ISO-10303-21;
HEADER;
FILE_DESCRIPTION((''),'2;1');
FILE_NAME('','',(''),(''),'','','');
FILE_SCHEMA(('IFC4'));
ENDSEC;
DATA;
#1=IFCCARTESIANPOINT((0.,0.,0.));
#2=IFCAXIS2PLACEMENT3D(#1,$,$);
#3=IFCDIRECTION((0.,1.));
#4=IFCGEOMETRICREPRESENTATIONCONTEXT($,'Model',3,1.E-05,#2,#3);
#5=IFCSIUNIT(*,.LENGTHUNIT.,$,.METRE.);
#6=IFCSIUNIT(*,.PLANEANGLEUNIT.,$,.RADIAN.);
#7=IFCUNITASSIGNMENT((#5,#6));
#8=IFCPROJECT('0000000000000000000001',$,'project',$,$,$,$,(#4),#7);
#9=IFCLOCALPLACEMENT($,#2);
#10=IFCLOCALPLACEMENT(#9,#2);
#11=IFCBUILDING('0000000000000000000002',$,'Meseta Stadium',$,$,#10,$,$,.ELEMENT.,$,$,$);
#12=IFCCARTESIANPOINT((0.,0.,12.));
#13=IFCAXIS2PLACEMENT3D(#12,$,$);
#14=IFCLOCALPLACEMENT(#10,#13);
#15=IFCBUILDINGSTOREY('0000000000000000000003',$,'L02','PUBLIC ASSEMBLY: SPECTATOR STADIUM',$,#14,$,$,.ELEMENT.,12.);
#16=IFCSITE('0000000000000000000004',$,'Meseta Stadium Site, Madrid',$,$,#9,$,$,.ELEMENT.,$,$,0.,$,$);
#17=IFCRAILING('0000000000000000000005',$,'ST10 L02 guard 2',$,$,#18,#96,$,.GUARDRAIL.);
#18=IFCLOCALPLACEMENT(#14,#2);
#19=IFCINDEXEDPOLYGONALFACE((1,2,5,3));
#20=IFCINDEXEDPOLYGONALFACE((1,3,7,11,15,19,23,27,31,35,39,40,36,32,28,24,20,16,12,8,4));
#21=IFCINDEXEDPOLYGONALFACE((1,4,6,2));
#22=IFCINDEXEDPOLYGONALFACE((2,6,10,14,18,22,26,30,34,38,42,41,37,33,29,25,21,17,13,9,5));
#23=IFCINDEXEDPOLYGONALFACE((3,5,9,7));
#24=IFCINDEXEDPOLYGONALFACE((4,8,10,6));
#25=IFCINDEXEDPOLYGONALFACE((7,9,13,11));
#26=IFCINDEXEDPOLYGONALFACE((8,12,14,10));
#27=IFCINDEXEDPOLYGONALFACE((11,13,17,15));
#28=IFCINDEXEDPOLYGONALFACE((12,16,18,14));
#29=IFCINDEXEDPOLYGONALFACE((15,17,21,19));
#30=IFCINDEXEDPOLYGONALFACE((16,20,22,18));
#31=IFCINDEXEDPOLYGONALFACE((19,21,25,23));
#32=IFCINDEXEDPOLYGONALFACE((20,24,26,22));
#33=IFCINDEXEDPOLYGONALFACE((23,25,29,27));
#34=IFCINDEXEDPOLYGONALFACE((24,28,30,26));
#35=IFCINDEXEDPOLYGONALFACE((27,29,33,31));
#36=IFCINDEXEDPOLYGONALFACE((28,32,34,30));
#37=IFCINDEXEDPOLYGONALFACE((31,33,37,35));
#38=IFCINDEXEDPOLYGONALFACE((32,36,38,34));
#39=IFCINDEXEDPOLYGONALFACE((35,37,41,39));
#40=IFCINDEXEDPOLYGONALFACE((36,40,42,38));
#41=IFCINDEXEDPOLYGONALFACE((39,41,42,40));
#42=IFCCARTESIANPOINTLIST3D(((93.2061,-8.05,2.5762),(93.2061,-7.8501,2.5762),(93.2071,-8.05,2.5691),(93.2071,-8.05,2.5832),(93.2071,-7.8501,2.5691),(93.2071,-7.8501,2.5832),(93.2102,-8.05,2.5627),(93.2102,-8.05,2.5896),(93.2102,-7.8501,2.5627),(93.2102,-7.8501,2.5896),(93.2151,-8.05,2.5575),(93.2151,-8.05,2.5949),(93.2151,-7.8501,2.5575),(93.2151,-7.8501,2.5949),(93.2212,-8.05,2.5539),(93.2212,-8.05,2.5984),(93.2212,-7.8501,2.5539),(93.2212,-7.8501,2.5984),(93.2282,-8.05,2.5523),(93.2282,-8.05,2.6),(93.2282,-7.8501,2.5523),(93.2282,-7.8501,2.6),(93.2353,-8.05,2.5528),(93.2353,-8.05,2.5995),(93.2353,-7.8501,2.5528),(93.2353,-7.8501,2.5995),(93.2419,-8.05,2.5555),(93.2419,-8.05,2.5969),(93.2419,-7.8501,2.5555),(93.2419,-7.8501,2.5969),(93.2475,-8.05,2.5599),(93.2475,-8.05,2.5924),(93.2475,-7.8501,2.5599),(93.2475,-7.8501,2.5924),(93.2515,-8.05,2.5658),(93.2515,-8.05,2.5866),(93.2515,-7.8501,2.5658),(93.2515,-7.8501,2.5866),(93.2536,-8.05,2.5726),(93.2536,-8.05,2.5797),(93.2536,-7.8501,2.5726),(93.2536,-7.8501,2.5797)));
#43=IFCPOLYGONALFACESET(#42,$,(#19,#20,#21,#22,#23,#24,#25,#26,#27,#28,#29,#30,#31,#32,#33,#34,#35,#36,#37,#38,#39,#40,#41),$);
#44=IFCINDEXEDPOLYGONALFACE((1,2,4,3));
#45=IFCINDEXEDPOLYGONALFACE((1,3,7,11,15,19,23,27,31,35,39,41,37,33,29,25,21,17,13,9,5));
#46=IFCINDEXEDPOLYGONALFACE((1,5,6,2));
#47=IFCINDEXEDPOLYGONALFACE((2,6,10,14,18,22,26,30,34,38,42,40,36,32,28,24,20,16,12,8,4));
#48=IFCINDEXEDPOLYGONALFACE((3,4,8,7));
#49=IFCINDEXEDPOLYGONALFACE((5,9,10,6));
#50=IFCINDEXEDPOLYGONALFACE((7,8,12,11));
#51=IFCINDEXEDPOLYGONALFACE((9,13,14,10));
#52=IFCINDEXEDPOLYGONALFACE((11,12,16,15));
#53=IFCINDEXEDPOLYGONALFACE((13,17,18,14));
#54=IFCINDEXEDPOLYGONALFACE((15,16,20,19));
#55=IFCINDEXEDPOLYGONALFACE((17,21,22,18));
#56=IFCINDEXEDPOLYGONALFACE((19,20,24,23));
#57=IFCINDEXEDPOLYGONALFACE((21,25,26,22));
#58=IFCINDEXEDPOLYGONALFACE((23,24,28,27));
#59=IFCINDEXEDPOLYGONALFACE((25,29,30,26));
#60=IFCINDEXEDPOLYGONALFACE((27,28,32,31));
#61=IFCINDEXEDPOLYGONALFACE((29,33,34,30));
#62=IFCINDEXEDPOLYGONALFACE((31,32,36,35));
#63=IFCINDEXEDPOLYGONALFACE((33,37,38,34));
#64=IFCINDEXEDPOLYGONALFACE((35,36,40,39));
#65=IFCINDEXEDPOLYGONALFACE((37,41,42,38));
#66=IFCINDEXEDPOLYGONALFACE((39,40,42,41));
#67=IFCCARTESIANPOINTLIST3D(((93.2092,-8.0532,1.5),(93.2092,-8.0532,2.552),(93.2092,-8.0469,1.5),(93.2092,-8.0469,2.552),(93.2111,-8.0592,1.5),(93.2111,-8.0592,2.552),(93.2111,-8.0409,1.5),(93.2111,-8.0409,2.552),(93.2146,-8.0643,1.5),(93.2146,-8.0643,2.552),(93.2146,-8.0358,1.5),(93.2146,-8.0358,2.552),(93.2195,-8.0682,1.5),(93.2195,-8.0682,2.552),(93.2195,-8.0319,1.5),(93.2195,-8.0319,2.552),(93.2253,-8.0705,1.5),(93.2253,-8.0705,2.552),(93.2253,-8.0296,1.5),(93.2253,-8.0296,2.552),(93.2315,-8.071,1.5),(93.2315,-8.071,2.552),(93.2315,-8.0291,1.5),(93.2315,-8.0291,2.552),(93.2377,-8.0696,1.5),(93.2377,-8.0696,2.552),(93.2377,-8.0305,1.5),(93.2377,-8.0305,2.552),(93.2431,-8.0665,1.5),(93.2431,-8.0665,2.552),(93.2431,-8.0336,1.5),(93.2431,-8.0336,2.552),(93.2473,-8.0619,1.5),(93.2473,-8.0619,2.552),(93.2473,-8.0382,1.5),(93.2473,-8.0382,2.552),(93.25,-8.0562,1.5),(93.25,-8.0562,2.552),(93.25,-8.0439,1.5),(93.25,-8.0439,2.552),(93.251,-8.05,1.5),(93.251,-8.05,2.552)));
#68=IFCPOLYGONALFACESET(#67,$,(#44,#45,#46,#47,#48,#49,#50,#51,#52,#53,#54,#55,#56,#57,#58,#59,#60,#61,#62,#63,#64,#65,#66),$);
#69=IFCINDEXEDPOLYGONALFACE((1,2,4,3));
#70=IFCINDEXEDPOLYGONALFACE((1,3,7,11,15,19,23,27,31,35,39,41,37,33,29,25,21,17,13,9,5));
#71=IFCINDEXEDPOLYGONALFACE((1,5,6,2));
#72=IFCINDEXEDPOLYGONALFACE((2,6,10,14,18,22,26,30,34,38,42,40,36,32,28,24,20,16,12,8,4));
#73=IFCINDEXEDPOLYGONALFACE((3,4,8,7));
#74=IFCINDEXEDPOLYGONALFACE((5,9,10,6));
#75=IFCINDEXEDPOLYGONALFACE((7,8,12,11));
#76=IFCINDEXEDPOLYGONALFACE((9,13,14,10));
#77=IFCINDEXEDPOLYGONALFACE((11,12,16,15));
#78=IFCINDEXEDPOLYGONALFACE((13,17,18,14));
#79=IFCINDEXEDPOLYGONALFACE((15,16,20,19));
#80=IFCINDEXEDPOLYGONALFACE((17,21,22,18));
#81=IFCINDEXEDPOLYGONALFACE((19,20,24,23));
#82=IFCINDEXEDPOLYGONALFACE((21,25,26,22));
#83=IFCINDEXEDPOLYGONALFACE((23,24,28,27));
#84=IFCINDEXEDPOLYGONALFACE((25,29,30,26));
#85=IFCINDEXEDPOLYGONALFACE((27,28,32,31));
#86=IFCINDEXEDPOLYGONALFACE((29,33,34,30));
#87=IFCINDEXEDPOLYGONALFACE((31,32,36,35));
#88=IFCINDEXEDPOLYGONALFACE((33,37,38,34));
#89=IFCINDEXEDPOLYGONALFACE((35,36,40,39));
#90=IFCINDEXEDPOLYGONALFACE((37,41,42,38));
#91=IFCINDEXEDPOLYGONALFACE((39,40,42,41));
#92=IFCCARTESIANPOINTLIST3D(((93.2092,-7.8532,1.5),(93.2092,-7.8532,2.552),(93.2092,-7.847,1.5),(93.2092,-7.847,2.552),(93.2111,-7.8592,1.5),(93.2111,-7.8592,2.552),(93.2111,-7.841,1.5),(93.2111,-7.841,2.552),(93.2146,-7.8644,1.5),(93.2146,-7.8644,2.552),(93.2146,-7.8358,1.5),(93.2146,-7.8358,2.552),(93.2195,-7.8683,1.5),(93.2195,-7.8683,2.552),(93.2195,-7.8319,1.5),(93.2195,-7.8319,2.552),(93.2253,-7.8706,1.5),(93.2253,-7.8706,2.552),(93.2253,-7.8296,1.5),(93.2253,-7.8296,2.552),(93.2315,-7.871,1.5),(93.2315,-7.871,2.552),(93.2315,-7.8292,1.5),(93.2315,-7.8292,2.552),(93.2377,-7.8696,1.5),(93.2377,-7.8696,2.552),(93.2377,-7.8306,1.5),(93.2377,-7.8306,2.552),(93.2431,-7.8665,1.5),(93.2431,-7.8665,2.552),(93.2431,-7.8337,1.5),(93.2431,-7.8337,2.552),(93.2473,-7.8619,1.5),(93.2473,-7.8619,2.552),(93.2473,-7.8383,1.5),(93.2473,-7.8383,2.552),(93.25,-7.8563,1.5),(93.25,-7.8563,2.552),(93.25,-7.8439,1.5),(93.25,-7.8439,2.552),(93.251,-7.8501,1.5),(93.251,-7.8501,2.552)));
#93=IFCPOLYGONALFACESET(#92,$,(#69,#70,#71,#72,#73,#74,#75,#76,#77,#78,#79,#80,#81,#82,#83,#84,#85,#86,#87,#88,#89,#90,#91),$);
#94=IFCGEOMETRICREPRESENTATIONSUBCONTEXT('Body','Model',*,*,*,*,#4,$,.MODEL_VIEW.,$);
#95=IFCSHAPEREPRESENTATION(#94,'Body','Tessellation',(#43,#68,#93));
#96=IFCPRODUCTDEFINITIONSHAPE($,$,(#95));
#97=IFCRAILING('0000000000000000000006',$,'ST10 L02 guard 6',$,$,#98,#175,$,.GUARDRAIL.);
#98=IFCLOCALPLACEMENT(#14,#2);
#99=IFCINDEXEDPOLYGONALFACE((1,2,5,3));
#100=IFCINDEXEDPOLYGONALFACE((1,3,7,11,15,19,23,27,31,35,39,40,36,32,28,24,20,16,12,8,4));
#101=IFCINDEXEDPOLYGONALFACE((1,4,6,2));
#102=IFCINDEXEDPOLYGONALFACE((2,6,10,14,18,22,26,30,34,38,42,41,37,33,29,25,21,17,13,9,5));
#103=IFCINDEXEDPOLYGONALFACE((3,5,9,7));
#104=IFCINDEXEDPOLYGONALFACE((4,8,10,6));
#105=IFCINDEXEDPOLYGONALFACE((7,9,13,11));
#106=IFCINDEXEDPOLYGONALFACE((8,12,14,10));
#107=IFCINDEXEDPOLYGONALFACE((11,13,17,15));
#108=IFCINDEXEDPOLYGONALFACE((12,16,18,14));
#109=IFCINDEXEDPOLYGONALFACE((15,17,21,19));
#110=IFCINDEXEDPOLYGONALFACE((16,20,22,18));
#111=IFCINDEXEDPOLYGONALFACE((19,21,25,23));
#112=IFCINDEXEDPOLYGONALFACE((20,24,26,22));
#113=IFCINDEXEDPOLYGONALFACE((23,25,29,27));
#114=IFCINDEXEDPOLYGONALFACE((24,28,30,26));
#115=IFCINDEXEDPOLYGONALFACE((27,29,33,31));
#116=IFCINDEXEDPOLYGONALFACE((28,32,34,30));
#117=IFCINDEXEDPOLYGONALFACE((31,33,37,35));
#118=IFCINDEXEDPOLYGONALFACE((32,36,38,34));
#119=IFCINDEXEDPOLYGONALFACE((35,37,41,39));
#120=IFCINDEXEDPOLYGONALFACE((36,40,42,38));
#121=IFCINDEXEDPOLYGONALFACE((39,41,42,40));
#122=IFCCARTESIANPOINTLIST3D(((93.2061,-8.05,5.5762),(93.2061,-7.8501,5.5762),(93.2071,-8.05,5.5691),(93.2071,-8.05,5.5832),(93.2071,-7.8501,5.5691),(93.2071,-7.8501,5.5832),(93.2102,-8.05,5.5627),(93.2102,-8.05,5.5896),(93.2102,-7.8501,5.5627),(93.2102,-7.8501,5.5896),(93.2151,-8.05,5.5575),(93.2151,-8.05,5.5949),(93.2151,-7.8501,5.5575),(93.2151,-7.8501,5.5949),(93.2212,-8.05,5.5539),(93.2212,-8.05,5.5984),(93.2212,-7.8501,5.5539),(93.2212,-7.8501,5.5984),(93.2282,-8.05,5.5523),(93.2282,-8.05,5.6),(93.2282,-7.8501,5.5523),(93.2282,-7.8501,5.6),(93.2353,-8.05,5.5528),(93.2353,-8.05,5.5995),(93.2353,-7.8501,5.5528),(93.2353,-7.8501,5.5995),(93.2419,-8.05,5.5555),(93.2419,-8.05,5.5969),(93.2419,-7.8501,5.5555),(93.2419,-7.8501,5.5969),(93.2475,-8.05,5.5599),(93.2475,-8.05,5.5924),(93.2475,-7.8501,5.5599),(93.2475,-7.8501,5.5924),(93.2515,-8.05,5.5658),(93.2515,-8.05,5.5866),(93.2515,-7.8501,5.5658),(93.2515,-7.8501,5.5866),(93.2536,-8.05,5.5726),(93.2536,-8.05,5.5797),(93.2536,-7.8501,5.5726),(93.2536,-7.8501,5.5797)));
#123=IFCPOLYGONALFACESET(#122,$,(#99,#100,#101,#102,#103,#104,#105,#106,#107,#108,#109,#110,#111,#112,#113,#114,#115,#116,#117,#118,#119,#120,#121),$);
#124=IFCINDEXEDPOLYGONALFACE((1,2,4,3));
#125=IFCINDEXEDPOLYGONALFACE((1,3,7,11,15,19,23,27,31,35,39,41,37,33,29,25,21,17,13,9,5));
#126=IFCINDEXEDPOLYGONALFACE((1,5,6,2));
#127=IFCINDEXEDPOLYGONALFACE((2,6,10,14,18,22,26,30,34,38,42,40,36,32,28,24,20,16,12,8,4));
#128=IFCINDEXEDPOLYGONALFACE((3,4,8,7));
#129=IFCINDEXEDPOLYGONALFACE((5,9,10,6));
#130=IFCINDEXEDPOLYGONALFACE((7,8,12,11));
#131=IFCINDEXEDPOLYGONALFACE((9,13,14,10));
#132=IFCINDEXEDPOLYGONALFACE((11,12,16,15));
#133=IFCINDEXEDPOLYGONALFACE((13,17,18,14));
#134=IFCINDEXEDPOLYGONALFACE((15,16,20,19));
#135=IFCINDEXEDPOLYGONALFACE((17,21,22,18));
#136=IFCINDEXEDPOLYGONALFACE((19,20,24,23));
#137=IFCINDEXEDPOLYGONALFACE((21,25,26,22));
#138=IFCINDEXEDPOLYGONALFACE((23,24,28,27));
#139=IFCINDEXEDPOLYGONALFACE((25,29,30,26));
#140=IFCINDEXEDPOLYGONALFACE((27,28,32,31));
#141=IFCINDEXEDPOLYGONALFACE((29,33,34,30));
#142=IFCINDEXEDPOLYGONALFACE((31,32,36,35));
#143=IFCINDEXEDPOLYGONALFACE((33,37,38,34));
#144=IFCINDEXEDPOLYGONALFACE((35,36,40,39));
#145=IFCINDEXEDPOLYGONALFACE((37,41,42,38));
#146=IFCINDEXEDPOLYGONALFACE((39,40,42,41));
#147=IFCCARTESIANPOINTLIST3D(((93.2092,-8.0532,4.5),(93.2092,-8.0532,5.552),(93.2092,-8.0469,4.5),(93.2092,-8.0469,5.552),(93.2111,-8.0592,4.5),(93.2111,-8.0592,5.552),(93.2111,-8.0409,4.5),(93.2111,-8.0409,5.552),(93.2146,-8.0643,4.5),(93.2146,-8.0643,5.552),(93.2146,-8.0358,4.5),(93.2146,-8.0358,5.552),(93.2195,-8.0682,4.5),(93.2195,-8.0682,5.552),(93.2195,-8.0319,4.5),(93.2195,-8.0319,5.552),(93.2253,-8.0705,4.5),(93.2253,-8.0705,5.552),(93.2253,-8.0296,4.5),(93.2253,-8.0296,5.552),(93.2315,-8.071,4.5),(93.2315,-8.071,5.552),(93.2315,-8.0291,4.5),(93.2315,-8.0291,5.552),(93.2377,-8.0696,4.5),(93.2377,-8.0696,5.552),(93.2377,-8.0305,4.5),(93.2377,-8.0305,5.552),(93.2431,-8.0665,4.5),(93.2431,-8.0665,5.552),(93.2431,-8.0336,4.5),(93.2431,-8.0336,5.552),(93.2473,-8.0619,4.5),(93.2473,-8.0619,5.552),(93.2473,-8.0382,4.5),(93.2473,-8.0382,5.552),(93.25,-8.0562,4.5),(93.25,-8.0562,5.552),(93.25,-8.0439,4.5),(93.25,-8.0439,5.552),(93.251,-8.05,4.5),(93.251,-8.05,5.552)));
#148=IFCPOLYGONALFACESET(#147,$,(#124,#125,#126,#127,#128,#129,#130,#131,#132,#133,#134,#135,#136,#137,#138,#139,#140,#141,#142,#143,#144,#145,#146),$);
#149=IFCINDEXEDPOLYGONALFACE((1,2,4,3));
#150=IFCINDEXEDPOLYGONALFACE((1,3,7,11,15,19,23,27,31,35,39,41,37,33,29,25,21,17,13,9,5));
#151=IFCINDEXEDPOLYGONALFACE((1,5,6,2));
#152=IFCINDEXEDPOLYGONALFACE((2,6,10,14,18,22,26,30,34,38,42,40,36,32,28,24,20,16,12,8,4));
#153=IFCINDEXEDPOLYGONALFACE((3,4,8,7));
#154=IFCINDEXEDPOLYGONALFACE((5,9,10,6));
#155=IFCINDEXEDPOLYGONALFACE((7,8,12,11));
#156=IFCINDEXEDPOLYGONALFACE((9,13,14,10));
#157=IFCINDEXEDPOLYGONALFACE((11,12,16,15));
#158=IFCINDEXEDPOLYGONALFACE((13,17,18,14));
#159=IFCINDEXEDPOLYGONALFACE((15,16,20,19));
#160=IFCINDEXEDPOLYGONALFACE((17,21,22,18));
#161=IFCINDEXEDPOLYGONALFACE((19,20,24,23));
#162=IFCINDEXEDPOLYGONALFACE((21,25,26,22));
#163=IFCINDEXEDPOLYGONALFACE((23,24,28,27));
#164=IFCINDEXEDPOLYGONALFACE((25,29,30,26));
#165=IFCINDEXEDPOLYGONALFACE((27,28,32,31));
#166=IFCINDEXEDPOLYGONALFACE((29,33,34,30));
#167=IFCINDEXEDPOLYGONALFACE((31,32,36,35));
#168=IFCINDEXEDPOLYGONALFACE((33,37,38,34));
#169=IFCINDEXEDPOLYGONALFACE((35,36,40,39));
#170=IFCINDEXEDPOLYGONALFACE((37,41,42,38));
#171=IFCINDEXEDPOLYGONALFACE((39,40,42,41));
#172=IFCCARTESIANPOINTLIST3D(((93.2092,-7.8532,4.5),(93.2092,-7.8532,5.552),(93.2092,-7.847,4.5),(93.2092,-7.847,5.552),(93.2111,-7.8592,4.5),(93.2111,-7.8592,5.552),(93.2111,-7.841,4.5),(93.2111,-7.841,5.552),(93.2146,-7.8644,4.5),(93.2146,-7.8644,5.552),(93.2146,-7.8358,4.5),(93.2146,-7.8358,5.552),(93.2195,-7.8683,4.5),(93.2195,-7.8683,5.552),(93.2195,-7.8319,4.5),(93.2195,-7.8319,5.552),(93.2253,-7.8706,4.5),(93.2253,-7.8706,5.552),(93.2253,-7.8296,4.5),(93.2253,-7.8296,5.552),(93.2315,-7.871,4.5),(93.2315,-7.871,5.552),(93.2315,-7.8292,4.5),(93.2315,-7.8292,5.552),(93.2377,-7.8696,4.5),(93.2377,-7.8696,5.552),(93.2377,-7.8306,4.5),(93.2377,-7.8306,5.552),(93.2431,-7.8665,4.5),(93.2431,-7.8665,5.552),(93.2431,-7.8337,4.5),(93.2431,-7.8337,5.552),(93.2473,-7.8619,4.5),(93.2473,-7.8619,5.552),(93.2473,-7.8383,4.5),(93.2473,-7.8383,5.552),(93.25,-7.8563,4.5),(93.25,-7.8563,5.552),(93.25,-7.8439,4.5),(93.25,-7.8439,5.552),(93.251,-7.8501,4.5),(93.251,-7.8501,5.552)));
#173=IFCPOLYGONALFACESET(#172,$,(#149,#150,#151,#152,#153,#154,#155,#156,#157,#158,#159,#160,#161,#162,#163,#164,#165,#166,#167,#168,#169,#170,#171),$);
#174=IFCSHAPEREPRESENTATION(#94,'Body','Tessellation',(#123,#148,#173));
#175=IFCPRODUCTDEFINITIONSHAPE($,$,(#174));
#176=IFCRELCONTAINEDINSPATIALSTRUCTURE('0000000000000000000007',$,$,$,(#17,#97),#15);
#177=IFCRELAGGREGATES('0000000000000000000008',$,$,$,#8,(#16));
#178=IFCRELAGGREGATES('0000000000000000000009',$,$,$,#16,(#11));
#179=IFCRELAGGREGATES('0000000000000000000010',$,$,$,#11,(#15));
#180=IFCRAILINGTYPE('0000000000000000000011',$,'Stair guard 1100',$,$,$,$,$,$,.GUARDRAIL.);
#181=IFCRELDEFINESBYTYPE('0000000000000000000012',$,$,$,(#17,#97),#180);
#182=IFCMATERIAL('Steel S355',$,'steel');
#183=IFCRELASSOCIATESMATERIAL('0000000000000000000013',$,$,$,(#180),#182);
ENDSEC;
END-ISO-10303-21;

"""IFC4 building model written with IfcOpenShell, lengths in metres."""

from ifc_helpers import new_model, si_unit, direction, frame, origin, origin_2d, place, context, subcontext, project, spatial, circle, extrude, material, type_object, element, save


model = new_model("IFC4")

# Units and contexts
model_context = context("Model", 3, precision=1e-05, world=origin(), true_north=direction((0.0, 1.0)))
body_context = subcontext(model_context, "Body", "Model", "MODEL_VIEW")
ifc_project = project(units=[si_unit("LENGTHUNIT", "METRE"), si_unit("PLANEANGLEUNIT", "RADIAN")], contexts=[model_context])

# Site, building, storey
site_placement = place(None, origin())
site = spatial("IfcSite", under=ifc_project, at=site_placement, Name="Meseta Stadium Site, Madrid", CompositionType="ELEMENT", RefElevation=0.0)
building_placement = place(site_placement, origin())
building = spatial("IfcBuilding", under=site, at=building_placement, Name="Meseta Stadium", CompositionType="ELEMENT")
storey_placement = place(building_placement, frame((0.0, 0.0, 12.0)))
storey = spatial("IfcBuildingStorey", under=building, at=storey_placement, Name="L02", Description="PUBLIC ASSEMBLY: SPECTATOR STADIUM", CompositionType="ELEMENT", Elevation=12.0)

# Railings
ifc_material_1 = material(Name="Steel S355", Category="steel")
railing_type = type_object("IfcRailingType", Name="Stair guard 1100", PredefinedType="GUARDRAIL", material=ifc_material_1)
for number, where, name in (
    (1, (93.23, -8.05, 1.5), "ST10 L02 guard 2"),
    (2, (93.23, -8.05, 4.5), "ST10 L02 guard 6"),
):
    element("IfcRailing", number, at=place(storey_placement, frame(where)), inside=storey, type_object=railing_type, Name=name, PredefinedType="GUARDRAIL", context=body_context, shape_type="SweptSolid", body=[
        extrude(circle(Radius=0.0239, at=origin_2d()), frame((0.0, 0.0, 1.0762), z_axis=(0.0, 1.0, 0.0), x_axis=(-1.0, 0.0, 0.0)), (0.0, 0.0, 1.0), 0.2),
        extrude(circle(Radius=0.021, at=origin_2d()), origin(), (0.0, 0.0, 1.0), 1.052),
        extrude(circle(Radius=0.021, at=origin_2d()), frame((0.0, 0.2, 0.0)), (0.0, 0.0, 1.0), 1.052),
    ])

save(model, "model.ifc")
